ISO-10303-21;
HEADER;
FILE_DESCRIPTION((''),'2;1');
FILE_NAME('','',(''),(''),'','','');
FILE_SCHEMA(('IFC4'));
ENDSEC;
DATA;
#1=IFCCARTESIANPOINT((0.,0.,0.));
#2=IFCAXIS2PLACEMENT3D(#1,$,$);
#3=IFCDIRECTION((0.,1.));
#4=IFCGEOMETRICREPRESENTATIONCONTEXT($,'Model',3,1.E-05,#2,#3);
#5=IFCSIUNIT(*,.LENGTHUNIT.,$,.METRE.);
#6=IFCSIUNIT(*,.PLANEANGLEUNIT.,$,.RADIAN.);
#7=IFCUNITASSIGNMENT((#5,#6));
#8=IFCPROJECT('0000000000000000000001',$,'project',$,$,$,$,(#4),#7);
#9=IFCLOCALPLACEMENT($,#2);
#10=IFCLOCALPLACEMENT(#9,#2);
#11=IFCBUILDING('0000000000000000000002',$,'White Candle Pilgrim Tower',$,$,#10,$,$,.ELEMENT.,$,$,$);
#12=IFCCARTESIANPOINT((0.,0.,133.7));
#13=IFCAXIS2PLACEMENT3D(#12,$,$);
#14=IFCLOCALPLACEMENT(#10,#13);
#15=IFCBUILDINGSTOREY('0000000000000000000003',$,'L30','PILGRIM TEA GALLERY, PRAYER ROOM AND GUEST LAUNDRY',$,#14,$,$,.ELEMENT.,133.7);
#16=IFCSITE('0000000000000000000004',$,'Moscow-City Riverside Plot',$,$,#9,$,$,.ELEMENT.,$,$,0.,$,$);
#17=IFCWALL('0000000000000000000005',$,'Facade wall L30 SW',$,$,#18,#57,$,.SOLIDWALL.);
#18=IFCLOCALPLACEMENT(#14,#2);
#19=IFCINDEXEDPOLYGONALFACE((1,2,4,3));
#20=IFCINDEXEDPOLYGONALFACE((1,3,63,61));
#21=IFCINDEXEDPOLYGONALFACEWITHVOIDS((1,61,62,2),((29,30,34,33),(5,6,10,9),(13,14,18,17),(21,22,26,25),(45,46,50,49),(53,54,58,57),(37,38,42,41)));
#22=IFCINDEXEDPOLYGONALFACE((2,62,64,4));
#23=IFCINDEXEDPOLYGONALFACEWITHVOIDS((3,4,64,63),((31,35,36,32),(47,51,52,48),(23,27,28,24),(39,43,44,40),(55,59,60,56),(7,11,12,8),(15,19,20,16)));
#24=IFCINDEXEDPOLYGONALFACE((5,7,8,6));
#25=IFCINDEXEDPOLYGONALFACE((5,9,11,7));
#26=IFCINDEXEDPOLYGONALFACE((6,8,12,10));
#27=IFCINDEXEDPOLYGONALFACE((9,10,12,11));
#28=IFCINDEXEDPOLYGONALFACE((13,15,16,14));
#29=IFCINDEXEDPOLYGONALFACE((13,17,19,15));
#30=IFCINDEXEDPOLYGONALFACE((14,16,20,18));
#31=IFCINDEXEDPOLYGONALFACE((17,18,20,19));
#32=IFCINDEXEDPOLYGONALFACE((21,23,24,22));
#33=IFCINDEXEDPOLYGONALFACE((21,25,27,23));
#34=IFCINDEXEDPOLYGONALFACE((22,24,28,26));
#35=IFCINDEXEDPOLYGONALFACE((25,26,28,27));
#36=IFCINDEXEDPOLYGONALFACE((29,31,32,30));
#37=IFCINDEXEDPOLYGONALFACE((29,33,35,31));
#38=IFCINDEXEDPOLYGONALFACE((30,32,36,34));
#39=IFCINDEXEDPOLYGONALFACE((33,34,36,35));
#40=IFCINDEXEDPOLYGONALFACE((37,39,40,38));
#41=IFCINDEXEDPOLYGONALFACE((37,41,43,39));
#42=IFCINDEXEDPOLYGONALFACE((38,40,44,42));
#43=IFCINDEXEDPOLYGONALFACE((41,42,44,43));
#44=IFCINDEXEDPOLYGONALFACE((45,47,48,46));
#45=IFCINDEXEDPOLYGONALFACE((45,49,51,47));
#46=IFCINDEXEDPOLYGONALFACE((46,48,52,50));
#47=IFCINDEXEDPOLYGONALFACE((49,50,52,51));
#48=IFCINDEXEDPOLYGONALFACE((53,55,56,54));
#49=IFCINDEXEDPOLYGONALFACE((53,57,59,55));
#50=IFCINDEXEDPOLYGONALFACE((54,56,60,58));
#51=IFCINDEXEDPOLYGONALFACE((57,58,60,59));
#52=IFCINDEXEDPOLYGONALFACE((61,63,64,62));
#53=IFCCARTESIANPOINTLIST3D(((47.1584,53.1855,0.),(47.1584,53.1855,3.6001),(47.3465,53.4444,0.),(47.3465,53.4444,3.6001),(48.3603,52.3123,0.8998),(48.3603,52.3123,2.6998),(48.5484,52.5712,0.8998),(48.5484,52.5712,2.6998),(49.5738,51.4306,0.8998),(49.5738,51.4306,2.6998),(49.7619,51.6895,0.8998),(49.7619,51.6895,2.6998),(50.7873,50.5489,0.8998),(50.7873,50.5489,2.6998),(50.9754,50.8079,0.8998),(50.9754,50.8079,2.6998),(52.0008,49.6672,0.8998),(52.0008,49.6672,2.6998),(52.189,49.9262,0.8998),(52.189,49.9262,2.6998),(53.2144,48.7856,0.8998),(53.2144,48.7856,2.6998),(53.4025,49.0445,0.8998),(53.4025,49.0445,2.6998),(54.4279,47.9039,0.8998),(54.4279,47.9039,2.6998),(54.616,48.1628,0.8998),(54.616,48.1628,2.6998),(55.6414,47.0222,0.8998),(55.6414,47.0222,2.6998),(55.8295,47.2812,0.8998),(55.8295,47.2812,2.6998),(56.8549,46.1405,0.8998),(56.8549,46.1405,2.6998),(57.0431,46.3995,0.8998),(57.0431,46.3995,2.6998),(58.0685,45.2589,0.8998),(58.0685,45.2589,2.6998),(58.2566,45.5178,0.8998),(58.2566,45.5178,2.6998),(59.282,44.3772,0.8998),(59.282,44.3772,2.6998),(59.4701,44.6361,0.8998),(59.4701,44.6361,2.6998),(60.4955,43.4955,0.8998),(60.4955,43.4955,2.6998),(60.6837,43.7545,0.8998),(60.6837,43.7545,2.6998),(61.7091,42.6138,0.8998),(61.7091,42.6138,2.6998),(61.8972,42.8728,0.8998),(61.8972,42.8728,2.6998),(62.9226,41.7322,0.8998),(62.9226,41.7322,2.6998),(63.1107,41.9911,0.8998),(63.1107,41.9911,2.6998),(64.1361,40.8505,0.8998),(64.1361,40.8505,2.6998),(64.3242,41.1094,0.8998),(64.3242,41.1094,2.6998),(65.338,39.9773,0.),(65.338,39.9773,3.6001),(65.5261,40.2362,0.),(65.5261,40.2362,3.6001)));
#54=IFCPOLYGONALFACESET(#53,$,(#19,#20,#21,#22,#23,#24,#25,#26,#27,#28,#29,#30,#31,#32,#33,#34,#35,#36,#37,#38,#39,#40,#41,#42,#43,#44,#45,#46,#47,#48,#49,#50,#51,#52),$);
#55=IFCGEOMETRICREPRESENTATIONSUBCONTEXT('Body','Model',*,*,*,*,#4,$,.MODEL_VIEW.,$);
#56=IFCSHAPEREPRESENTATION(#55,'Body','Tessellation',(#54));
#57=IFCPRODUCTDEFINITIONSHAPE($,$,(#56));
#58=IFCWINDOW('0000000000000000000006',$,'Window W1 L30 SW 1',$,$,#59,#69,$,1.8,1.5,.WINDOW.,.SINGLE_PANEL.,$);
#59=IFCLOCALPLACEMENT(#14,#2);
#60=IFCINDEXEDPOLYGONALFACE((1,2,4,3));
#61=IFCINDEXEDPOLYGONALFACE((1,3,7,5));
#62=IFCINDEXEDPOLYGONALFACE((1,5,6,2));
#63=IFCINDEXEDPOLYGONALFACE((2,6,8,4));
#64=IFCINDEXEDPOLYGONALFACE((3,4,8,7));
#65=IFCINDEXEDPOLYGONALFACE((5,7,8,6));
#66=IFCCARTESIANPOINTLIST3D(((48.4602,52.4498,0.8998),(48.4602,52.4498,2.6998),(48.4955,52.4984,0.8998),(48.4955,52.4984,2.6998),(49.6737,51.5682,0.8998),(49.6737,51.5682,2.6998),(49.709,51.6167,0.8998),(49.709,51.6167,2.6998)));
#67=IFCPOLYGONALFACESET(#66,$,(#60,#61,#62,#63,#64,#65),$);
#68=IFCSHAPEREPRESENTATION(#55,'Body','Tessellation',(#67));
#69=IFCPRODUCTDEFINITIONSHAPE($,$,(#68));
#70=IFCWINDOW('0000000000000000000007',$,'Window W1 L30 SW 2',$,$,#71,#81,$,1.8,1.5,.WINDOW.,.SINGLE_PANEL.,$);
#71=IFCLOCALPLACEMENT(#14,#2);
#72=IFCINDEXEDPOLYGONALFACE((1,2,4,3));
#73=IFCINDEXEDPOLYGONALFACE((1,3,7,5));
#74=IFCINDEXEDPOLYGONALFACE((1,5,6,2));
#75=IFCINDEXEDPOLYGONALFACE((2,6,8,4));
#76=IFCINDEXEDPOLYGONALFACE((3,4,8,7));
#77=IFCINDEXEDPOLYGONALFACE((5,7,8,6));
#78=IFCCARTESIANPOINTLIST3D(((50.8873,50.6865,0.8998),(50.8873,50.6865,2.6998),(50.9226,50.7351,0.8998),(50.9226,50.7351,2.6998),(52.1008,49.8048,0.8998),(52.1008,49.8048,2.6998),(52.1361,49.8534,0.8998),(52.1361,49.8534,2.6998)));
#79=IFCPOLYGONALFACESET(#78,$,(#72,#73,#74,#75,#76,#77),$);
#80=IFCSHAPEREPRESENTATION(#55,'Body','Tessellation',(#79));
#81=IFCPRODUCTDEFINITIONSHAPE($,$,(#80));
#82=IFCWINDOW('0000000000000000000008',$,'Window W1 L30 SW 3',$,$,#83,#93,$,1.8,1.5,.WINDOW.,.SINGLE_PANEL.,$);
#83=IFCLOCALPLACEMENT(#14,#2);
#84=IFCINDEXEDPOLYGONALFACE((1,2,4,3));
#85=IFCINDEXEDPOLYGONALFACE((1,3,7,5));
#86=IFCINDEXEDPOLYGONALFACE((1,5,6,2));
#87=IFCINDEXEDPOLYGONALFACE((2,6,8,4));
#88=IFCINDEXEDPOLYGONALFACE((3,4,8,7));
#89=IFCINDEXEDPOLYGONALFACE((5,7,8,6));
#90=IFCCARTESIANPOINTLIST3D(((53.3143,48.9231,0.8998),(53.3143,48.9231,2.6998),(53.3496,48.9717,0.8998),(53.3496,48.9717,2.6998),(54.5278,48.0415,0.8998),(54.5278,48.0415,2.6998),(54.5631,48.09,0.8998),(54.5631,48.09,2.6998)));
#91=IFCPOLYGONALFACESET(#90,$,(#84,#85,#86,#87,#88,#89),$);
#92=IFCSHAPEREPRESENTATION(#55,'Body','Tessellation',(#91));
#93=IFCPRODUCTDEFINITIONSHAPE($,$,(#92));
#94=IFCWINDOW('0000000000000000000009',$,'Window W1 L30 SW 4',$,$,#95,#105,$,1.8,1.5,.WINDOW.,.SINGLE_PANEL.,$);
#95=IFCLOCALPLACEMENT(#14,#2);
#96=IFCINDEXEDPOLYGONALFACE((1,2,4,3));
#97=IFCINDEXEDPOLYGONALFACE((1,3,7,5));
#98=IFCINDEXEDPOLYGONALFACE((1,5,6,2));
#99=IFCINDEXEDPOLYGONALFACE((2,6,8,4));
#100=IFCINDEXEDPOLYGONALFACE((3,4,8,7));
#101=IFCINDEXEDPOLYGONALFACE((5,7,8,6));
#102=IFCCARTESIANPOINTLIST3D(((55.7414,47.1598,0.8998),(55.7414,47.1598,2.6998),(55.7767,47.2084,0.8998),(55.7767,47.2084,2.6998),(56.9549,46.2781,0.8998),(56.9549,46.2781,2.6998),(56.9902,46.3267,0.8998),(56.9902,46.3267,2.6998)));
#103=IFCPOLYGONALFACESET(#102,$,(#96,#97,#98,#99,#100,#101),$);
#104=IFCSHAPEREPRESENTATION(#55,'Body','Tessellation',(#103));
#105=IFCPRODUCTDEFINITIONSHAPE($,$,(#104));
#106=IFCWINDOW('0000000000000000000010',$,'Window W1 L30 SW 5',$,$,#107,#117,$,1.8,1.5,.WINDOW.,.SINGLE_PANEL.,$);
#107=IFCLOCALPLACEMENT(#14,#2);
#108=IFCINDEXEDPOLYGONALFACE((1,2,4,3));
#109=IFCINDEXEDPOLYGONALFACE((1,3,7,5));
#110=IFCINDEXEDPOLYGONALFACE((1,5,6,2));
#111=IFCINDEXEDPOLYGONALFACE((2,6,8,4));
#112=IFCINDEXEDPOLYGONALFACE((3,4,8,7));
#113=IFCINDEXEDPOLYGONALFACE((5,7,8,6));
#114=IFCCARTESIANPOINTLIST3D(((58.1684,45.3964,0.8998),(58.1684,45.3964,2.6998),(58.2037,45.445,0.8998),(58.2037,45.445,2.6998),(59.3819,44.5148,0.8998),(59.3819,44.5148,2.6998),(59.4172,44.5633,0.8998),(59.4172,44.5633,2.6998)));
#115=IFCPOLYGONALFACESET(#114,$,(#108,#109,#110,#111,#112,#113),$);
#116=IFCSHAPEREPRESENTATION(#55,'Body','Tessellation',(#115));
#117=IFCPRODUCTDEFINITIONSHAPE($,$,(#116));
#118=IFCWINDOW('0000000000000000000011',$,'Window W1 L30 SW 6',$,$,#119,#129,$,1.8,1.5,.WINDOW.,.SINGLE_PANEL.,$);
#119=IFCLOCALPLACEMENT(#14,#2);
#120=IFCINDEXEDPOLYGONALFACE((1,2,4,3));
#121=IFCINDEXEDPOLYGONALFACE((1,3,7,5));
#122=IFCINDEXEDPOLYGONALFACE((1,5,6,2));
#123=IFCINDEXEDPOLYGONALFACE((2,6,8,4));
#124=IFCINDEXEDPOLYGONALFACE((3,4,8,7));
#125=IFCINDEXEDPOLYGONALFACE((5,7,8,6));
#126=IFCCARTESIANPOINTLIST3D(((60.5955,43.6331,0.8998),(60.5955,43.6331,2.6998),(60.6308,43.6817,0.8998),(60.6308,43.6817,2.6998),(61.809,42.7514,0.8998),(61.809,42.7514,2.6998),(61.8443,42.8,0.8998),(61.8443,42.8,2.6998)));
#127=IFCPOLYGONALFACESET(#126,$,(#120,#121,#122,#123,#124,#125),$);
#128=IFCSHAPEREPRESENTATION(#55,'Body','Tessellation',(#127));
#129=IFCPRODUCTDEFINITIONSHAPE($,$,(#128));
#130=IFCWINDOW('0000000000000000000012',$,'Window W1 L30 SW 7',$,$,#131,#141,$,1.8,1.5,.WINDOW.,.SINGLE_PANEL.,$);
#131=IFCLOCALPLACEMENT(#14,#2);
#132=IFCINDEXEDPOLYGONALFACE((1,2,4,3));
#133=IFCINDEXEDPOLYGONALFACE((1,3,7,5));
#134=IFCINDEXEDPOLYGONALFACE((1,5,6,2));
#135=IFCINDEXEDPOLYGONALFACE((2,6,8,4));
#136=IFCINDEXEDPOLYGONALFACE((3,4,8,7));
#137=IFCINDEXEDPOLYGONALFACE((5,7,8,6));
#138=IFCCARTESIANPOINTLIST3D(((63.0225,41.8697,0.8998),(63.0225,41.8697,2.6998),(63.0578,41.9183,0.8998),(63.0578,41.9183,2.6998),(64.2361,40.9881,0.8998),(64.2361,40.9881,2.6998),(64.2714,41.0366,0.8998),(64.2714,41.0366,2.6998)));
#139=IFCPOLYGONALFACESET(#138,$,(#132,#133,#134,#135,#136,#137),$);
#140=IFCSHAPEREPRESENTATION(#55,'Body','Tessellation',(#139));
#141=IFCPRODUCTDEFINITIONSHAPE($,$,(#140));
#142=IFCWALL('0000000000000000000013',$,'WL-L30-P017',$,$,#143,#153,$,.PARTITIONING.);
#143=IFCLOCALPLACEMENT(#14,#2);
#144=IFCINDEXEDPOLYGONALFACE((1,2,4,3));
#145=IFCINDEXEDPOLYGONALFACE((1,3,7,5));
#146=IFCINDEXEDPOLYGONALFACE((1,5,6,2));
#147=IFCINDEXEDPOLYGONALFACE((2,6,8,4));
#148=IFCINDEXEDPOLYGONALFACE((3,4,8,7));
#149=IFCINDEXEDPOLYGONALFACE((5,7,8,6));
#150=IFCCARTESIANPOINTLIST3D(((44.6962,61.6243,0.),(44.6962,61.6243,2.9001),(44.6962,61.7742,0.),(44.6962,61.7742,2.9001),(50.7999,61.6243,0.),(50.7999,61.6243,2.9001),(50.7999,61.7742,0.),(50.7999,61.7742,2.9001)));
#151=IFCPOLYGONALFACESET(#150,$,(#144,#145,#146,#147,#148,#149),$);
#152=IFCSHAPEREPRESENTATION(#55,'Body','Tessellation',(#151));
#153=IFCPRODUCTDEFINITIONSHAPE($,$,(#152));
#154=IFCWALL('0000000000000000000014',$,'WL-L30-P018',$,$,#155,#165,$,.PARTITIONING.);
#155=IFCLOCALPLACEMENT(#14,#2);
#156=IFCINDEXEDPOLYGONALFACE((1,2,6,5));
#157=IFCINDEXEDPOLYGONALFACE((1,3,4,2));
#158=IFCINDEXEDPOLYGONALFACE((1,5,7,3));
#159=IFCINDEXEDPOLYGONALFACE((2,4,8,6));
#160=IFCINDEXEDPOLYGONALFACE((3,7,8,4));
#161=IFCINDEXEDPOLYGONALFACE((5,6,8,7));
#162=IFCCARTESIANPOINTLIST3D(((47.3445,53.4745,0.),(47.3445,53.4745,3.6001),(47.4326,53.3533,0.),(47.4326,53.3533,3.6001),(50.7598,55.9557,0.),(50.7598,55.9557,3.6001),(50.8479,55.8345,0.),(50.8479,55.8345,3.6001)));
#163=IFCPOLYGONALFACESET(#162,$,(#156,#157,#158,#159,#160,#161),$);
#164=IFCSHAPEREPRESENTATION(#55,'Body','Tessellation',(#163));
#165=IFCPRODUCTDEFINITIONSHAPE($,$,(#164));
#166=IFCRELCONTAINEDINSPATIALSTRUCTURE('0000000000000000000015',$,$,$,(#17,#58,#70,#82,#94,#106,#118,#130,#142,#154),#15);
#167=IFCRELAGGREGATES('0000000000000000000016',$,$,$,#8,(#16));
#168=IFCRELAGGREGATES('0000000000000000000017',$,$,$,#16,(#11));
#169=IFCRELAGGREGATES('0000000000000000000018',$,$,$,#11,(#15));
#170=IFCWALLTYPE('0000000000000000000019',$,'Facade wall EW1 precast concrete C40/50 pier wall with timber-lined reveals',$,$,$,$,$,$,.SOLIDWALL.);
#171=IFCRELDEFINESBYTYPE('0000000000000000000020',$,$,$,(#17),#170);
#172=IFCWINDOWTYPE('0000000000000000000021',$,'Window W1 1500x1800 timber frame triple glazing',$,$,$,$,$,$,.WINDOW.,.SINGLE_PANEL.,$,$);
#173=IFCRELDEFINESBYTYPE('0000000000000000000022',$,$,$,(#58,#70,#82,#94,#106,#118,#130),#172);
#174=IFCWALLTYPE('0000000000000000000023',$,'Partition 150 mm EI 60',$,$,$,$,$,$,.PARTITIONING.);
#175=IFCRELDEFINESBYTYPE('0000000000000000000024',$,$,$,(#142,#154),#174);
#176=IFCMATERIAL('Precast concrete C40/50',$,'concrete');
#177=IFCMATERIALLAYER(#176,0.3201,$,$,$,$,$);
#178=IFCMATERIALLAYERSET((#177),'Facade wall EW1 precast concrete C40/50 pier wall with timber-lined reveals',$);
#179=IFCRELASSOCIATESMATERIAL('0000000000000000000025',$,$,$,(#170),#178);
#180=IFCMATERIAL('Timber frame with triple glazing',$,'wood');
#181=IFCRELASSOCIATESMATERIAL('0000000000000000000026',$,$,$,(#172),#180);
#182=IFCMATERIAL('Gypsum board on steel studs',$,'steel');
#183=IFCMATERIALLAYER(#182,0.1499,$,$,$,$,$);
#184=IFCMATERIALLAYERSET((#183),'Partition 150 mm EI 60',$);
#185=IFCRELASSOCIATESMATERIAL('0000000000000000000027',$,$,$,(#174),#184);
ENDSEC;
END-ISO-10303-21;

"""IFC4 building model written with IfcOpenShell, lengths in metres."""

from ifc_helpers import new_model, si_unit, direction, frame, frame_2d, origin, place, context, subcontext, project, spatial, rectangle, extrude, material, layer, layer_set, type_object, element, fill, save


model = new_model("IFC4")

# Units and contexts
model_context = context("Model", 3, precision=1e-05, world=origin(), true_north=direction((0.0, 1.0)))
body_context = subcontext(model_context, "Body", "Model", "MODEL_VIEW")
ifc_project = project(units=[si_unit("LENGTHUNIT", "METRE"), si_unit("PLANEANGLEUNIT", "RADIAN")], contexts=[model_context])

# Site, building, storey
site_placement = place(None, origin())
site = spatial("IfcSite", under=ifc_project, at=site_placement, Name="Moscow-City Riverside Plot", CompositionType="ELEMENT", RefElevation=0.0)
building_placement = place(site_placement, origin())
building = spatial("IfcBuilding", under=site, at=building_placement, Name="White Candle Pilgrim Tower", CompositionType="ELEMENT")
storey_placement = place(building_placement, frame((0.0, 0.0, 133.7)))
storey = spatial("IfcBuildingStorey", under=building, at=storey_placement, Name="L30", Description="PILGRIM TEA GALLERY, PRAYER ROOM AND GUEST LAUNDRY", CompositionType="ELEMENT", Elevation=133.7)

# Shared definitions
ifc_material_1 = material(Name="Gypsum board on steel studs", Category="steel")

# Wall, openings, windows
ifc_material_2 = material(Name="Precast concrete C40/50", Category="concrete")
ifc_layer_1 = layer(ifc_material_2, 0.3201)
ifc_layer_set_1 = layer_set([ifc_layer_1], Name="Facade wall EW1 precast concrete C40/50 pier wall with timber-lined reveals")
wall_type_1 = type_object("IfcWallType", Name="Facade wall EW1 precast concrete C40/50 pier wall with timber-lined reveals", PredefinedType="SOLIDWALL", material=ifc_layer_set_1)
ifc_material_3 = material(Name="Timber frame with triple glazing", Category="wood")
wall_1_placement = place(storey_placement, frame((47.2524, 53.3149, 0.0), z_axis=(0.0, 0.0, 1.0), x_axis=(0.809018, -0.587783, 0.0)))
wall_1 = element("IfcWall", 1, at=wall_1_placement, inside=storey, type_object=wall_type_1, Name="Facade wall L30 SW", PredefinedType="SOLIDWALL", context=body_context, shape_type="SweptSolid", body=[
    extrude(rectangle(XDim=22.4712, YDim=0.3201, at=frame_2d((11.2356, 0.0))), origin(), (0.0, 0.0, 1.0), 3.6001),
])
opening_1_placement = place(wall_1_placement, frame((1.4856, 0.0, 0.8999)))
opening_1 = element("IfcOpeningElement", 2, at=opening_1_placement, cuts=wall_1, PredefinedType="OPENING", context=body_context, shape_type="SweptSolid", body=[
    extrude(rectangle(XDim=1.5, YDim=1.8, at=frame_2d((0.75, 0.8999))), frame((0.0, 0.1699, 0.0), z_axis=(0.0, -1.0, 0.0), x_axis=(1.0, 0.0, 0.0)), (0.0, 0.0, 1.0), 0.3401),
])
opening_2_placement = place(wall_1_placement, frame((4.4856, 0.0, 0.8999)))
opening_2 = element("IfcOpeningElement", 3, at=opening_2_placement, cuts=wall_1, PredefinedType="OPENING", context=body_context, shape_type="SweptSolid", body=[
    extrude(rectangle(XDim=1.5, YDim=1.8, at=frame_2d((0.75, 0.8999))), frame((0.0, 0.1699, 0.0), z_axis=(0.0, -1.0, 0.0), x_axis=(1.0, 0.0, 0.0)), (0.0, 0.0, 1.0), 0.3401),
])
opening_3_placement = place(wall_1_placement, frame((7.4856, 0.0, 0.8999)))
opening_3 = element("IfcOpeningElement", 4, at=opening_3_placement, cuts=wall_1, PredefinedType="OPENING", context=body_context, shape_type="SweptSolid", body=[
    extrude(rectangle(XDim=1.5, YDim=1.8, at=frame_2d((0.75, 0.8999))), frame((0.0, 0.1699, 0.0), z_axis=(0.0, -1.0, 0.0), x_axis=(1.0, 0.0, 0.0)), (0.0, 0.0, 1.0), 0.3401),
])
opening_4_placement = place(wall_1_placement, frame((10.4856, 0.0, 0.8999)))
opening_4 = element("IfcOpeningElement", 5, at=opening_4_placement, cuts=wall_1, PredefinedType="OPENING", context=body_context, shape_type="SweptSolid", body=[
    extrude(rectangle(XDim=1.5, YDim=1.8, at=frame_2d((0.75, 0.8999))), frame((0.0, 0.1699, 0.0), z_axis=(0.0, -1.0, 0.0), x_axis=(1.0, 0.0, 0.0)), (0.0, 0.0, 1.0), 0.3401),
])
opening_5_placement = place(wall_1_placement, frame((13.4856, 0.0, 0.8999)))
opening_5 = element("IfcOpeningElement", 6, at=opening_5_placement, cuts=wall_1, PredefinedType="OPENING", context=body_context, shape_type="SweptSolid", body=[
    extrude(rectangle(XDim=1.5, YDim=1.8, at=frame_2d((0.75, 0.8999))), frame((0.0, 0.1699, 0.0), z_axis=(0.0, -1.0, 0.0), x_axis=(1.0, 0.0, 0.0)), (0.0, 0.0, 1.0), 0.3401),
])
opening_6_placement = place(wall_1_placement, frame((16.4856, 0.0, 0.8999)))
opening_6 = element("IfcOpeningElement", 7, at=opening_6_placement, cuts=wall_1, PredefinedType="OPENING", context=body_context, shape_type="SweptSolid", body=[
    extrude(rectangle(XDim=1.5, YDim=1.8, at=frame_2d((0.75, 0.8999))), frame((0.0, 0.1699, 0.0), z_axis=(0.0, -1.0, 0.0), x_axis=(1.0, 0.0, 0.0)), (0.0, 0.0, 1.0), 0.3401),
])
opening_7_placement = place(wall_1_placement, frame((19.4856, 0.0, 0.8999)))
opening_7 = element("IfcOpeningElement", 8, at=opening_7_placement, cuts=wall_1, PredefinedType="OPENING", context=body_context, shape_type="SweptSolid", body=[
    extrude(rectangle(XDim=1.5, YDim=1.8, at=frame_2d((0.75, 0.8999))), frame((0.0, 0.1699, 0.0), z_axis=(0.0, -1.0, 0.0), x_axis=(1.0, 0.0, 0.0)), (0.0, 0.0, 1.0), 0.3401),
])
window_type_1 = type_object("IfcWindowType", Name="Window W1 1500x1800 timber frame triple glazing", PartitioningType="SINGLE_PANEL", PredefinedType="WINDOW", material=ifc_material_3)
window_1_placement = place(opening_1_placement, origin())
window_1 = element("IfcWindow", 9, at=window_1_placement, inside=storey, type_object=window_type_1, Name="Window W1 L30 SW 1", OverallHeight=1.8, OverallWidth=1.5, PartitioningType="SINGLE_PANEL", PredefinedType="WINDOW", context=body_context, shape_type="SweptSolid", body=[
    extrude(rectangle(XDim=1.5, YDim=1.8, at=frame_2d((0.75, 0.8999))), frame((0.0, 0.0701, 0.0), z_axis=(0.0, -1.0, 0.0), x_axis=(1.0, 0.0, 0.0)), (0.0, 0.0, 1.0), 0.0601),
])
fill(opening_1, window_1)
window_2_placement = place(opening_2_placement, origin())
window_2 = element("IfcWindow", 10, at=window_2_placement, inside=storey, type_object=window_type_1, Name="Window W1 L30 SW 2", OverallHeight=1.8, OverallWidth=1.5, PartitioningType="SINGLE_PANEL", PredefinedType="WINDOW", context=body_context, shape_type="SweptSolid", body=[
    extrude(rectangle(XDim=1.5, YDim=1.8, at=frame_2d((0.75, 0.8999))), frame((0.0, 0.0701, 0.0), z_axis=(0.0, -1.0, 0.0), x_axis=(1.0, 0.0, 0.0)), (0.0, 0.0, 1.0), 0.0601),
])
fill(opening_2, window_2)
window_3_placement = place(opening_3_placement, origin())
window_3 = element("IfcWindow", 11, at=window_3_placement, inside=storey, type_object=window_type_1, Name="Window W1 L30 SW 3", OverallHeight=1.8, OverallWidth=1.5, PartitioningType="SINGLE_PANEL", PredefinedType="WINDOW", context=body_context, shape_type="SweptSolid", body=[
    extrude(rectangle(XDim=1.5, YDim=1.8, at=frame_2d((0.75, 0.8999))), frame((0.0, 0.0701, 0.0), z_axis=(0.0, -1.0, 0.0), x_axis=(1.0, 0.0, 0.0)), (0.0, 0.0, 1.0), 0.0601),
])
fill(opening_3, window_3)
window_4_placement = place(opening_4_placement, origin())
window_4 = element("IfcWindow", 12, at=window_4_placement, inside=storey, type_object=window_type_1, Name="Window W1 L30 SW 4", OverallHeight=1.8, OverallWidth=1.5, PartitioningType="SINGLE_PANEL", PredefinedType="WINDOW", context=body_context, shape_type="SweptSolid", body=[
    extrude(rectangle(XDim=1.5, YDim=1.8, at=frame_2d((0.75, 0.8999))), frame((0.0, 0.0701, 0.0), z_axis=(0.0, -1.0, 0.0), x_axis=(1.0, 0.0, 0.0)), (0.0, 0.0, 1.0), 0.0601),
])
fill(opening_4, window_4)
window_5_placement = place(opening_5_placement, origin())
window_5 = element("IfcWindow", 13, at=window_5_placement, inside=storey, type_object=window_type_1, Name="Window W1 L30 SW 5", OverallHeight=1.8, OverallWidth=1.5, PartitioningType="SINGLE_PANEL", PredefinedType="WINDOW", context=body_context, shape_type="SweptSolid", body=[
    extrude(rectangle(XDim=1.5, YDim=1.8, at=frame_2d((0.75, 0.8999))), frame((0.0, 0.0701, 0.0), z_axis=(0.0, -1.0, 0.0), x_axis=(1.0, 0.0, 0.0)), (0.0, 0.0, 1.0), 0.0601),
])
fill(opening_5, window_5)
window_6_placement = place(opening_6_placement, origin())
window_6 = element("IfcWindow", 14, at=window_6_placement, inside=storey, type_object=window_type_1, Name="Window W1 L30 SW 6", OverallHeight=1.8, OverallWidth=1.5, PartitioningType="SINGLE_PANEL", PredefinedType="WINDOW", context=body_context, shape_type="SweptSolid", body=[
    extrude(rectangle(XDim=1.5, YDim=1.8, at=frame_2d((0.75, 0.8999))), frame((0.0, 0.0701, 0.0), z_axis=(0.0, -1.0, 0.0), x_axis=(1.0, 0.0, 0.0)), (0.0, 0.0, 1.0), 0.0601),
])
fill(opening_6, window_6)
window_7_placement = place(opening_7_placement, origin())
window_7 = element("IfcWindow", 15, at=window_7_placement, inside=storey, type_object=window_type_1, Name="Window W1 L30 SW 7", OverallHeight=1.8, OverallWidth=1.5, PartitioningType="SINGLE_PANEL", PredefinedType="WINDOW", context=body_context, shape_type="SweptSolid", body=[
    extrude(rectangle(XDim=1.5, YDim=1.8, at=frame_2d((0.75, 0.8999))), frame((0.0, 0.0701, 0.0), z_axis=(0.0, -1.0, 0.0), x_axis=(1.0, 0.0, 0.0)), (0.0, 0.0, 1.0), 0.0601),
])
fill(opening_7, window_7)

# Walls
ifc_layer_2 = layer(ifc_material_1, 0.1499)
ifc_layer_set_2 = layer_set([ifc_layer_2], Name="Partition 150 mm EI 60")
wall_type_2 = type_object("IfcWallType", Name="Partition 150 mm EI 60", PredefinedType="PARTITIONING", material=ifc_layer_set_2)
wall_2_placement = place(storey_placement, frame((44.6963, 61.6992, 0.0), z_axis=(0.0, 0.0, 1.0), x_axis=(1.0, 0.0, 0.0)))
element("IfcWall", 16, at=wall_2_placement, inside=storey, type_object=wall_type_2, Name="WL-L30-P017", PredefinedType="PARTITIONING", context=body_context, shape_type="SweptSolid", body=[
    extrude(rectangle(XDim=6.1038, YDim=0.1499, at=frame_2d((3.0518, 0.0))), origin(), (0.0, 0.0, 1.0), 2.9001),
])
wall_3_placement = place(storey_placement, frame((47.3884, 53.4138, 0.0), z_axis=(0.0, 0.0, 1.0), x_axis=(0.809034, 0.587762, 0.0)))
element("IfcWall", 17, at=wall_3_placement, inside=storey, type_object=wall_type_2, Name="WL-L30-P018", PredefinedType="PARTITIONING", context=body_context, shape_type="SweptSolid", body=[
    extrude(rectangle(XDim=4.2214, YDim=0.1499, at=frame_2d((2.1108, 0.0))), origin(), (0.0, 0.0, 1.0), 3.6001),
])

save(model, "model.ifc")
